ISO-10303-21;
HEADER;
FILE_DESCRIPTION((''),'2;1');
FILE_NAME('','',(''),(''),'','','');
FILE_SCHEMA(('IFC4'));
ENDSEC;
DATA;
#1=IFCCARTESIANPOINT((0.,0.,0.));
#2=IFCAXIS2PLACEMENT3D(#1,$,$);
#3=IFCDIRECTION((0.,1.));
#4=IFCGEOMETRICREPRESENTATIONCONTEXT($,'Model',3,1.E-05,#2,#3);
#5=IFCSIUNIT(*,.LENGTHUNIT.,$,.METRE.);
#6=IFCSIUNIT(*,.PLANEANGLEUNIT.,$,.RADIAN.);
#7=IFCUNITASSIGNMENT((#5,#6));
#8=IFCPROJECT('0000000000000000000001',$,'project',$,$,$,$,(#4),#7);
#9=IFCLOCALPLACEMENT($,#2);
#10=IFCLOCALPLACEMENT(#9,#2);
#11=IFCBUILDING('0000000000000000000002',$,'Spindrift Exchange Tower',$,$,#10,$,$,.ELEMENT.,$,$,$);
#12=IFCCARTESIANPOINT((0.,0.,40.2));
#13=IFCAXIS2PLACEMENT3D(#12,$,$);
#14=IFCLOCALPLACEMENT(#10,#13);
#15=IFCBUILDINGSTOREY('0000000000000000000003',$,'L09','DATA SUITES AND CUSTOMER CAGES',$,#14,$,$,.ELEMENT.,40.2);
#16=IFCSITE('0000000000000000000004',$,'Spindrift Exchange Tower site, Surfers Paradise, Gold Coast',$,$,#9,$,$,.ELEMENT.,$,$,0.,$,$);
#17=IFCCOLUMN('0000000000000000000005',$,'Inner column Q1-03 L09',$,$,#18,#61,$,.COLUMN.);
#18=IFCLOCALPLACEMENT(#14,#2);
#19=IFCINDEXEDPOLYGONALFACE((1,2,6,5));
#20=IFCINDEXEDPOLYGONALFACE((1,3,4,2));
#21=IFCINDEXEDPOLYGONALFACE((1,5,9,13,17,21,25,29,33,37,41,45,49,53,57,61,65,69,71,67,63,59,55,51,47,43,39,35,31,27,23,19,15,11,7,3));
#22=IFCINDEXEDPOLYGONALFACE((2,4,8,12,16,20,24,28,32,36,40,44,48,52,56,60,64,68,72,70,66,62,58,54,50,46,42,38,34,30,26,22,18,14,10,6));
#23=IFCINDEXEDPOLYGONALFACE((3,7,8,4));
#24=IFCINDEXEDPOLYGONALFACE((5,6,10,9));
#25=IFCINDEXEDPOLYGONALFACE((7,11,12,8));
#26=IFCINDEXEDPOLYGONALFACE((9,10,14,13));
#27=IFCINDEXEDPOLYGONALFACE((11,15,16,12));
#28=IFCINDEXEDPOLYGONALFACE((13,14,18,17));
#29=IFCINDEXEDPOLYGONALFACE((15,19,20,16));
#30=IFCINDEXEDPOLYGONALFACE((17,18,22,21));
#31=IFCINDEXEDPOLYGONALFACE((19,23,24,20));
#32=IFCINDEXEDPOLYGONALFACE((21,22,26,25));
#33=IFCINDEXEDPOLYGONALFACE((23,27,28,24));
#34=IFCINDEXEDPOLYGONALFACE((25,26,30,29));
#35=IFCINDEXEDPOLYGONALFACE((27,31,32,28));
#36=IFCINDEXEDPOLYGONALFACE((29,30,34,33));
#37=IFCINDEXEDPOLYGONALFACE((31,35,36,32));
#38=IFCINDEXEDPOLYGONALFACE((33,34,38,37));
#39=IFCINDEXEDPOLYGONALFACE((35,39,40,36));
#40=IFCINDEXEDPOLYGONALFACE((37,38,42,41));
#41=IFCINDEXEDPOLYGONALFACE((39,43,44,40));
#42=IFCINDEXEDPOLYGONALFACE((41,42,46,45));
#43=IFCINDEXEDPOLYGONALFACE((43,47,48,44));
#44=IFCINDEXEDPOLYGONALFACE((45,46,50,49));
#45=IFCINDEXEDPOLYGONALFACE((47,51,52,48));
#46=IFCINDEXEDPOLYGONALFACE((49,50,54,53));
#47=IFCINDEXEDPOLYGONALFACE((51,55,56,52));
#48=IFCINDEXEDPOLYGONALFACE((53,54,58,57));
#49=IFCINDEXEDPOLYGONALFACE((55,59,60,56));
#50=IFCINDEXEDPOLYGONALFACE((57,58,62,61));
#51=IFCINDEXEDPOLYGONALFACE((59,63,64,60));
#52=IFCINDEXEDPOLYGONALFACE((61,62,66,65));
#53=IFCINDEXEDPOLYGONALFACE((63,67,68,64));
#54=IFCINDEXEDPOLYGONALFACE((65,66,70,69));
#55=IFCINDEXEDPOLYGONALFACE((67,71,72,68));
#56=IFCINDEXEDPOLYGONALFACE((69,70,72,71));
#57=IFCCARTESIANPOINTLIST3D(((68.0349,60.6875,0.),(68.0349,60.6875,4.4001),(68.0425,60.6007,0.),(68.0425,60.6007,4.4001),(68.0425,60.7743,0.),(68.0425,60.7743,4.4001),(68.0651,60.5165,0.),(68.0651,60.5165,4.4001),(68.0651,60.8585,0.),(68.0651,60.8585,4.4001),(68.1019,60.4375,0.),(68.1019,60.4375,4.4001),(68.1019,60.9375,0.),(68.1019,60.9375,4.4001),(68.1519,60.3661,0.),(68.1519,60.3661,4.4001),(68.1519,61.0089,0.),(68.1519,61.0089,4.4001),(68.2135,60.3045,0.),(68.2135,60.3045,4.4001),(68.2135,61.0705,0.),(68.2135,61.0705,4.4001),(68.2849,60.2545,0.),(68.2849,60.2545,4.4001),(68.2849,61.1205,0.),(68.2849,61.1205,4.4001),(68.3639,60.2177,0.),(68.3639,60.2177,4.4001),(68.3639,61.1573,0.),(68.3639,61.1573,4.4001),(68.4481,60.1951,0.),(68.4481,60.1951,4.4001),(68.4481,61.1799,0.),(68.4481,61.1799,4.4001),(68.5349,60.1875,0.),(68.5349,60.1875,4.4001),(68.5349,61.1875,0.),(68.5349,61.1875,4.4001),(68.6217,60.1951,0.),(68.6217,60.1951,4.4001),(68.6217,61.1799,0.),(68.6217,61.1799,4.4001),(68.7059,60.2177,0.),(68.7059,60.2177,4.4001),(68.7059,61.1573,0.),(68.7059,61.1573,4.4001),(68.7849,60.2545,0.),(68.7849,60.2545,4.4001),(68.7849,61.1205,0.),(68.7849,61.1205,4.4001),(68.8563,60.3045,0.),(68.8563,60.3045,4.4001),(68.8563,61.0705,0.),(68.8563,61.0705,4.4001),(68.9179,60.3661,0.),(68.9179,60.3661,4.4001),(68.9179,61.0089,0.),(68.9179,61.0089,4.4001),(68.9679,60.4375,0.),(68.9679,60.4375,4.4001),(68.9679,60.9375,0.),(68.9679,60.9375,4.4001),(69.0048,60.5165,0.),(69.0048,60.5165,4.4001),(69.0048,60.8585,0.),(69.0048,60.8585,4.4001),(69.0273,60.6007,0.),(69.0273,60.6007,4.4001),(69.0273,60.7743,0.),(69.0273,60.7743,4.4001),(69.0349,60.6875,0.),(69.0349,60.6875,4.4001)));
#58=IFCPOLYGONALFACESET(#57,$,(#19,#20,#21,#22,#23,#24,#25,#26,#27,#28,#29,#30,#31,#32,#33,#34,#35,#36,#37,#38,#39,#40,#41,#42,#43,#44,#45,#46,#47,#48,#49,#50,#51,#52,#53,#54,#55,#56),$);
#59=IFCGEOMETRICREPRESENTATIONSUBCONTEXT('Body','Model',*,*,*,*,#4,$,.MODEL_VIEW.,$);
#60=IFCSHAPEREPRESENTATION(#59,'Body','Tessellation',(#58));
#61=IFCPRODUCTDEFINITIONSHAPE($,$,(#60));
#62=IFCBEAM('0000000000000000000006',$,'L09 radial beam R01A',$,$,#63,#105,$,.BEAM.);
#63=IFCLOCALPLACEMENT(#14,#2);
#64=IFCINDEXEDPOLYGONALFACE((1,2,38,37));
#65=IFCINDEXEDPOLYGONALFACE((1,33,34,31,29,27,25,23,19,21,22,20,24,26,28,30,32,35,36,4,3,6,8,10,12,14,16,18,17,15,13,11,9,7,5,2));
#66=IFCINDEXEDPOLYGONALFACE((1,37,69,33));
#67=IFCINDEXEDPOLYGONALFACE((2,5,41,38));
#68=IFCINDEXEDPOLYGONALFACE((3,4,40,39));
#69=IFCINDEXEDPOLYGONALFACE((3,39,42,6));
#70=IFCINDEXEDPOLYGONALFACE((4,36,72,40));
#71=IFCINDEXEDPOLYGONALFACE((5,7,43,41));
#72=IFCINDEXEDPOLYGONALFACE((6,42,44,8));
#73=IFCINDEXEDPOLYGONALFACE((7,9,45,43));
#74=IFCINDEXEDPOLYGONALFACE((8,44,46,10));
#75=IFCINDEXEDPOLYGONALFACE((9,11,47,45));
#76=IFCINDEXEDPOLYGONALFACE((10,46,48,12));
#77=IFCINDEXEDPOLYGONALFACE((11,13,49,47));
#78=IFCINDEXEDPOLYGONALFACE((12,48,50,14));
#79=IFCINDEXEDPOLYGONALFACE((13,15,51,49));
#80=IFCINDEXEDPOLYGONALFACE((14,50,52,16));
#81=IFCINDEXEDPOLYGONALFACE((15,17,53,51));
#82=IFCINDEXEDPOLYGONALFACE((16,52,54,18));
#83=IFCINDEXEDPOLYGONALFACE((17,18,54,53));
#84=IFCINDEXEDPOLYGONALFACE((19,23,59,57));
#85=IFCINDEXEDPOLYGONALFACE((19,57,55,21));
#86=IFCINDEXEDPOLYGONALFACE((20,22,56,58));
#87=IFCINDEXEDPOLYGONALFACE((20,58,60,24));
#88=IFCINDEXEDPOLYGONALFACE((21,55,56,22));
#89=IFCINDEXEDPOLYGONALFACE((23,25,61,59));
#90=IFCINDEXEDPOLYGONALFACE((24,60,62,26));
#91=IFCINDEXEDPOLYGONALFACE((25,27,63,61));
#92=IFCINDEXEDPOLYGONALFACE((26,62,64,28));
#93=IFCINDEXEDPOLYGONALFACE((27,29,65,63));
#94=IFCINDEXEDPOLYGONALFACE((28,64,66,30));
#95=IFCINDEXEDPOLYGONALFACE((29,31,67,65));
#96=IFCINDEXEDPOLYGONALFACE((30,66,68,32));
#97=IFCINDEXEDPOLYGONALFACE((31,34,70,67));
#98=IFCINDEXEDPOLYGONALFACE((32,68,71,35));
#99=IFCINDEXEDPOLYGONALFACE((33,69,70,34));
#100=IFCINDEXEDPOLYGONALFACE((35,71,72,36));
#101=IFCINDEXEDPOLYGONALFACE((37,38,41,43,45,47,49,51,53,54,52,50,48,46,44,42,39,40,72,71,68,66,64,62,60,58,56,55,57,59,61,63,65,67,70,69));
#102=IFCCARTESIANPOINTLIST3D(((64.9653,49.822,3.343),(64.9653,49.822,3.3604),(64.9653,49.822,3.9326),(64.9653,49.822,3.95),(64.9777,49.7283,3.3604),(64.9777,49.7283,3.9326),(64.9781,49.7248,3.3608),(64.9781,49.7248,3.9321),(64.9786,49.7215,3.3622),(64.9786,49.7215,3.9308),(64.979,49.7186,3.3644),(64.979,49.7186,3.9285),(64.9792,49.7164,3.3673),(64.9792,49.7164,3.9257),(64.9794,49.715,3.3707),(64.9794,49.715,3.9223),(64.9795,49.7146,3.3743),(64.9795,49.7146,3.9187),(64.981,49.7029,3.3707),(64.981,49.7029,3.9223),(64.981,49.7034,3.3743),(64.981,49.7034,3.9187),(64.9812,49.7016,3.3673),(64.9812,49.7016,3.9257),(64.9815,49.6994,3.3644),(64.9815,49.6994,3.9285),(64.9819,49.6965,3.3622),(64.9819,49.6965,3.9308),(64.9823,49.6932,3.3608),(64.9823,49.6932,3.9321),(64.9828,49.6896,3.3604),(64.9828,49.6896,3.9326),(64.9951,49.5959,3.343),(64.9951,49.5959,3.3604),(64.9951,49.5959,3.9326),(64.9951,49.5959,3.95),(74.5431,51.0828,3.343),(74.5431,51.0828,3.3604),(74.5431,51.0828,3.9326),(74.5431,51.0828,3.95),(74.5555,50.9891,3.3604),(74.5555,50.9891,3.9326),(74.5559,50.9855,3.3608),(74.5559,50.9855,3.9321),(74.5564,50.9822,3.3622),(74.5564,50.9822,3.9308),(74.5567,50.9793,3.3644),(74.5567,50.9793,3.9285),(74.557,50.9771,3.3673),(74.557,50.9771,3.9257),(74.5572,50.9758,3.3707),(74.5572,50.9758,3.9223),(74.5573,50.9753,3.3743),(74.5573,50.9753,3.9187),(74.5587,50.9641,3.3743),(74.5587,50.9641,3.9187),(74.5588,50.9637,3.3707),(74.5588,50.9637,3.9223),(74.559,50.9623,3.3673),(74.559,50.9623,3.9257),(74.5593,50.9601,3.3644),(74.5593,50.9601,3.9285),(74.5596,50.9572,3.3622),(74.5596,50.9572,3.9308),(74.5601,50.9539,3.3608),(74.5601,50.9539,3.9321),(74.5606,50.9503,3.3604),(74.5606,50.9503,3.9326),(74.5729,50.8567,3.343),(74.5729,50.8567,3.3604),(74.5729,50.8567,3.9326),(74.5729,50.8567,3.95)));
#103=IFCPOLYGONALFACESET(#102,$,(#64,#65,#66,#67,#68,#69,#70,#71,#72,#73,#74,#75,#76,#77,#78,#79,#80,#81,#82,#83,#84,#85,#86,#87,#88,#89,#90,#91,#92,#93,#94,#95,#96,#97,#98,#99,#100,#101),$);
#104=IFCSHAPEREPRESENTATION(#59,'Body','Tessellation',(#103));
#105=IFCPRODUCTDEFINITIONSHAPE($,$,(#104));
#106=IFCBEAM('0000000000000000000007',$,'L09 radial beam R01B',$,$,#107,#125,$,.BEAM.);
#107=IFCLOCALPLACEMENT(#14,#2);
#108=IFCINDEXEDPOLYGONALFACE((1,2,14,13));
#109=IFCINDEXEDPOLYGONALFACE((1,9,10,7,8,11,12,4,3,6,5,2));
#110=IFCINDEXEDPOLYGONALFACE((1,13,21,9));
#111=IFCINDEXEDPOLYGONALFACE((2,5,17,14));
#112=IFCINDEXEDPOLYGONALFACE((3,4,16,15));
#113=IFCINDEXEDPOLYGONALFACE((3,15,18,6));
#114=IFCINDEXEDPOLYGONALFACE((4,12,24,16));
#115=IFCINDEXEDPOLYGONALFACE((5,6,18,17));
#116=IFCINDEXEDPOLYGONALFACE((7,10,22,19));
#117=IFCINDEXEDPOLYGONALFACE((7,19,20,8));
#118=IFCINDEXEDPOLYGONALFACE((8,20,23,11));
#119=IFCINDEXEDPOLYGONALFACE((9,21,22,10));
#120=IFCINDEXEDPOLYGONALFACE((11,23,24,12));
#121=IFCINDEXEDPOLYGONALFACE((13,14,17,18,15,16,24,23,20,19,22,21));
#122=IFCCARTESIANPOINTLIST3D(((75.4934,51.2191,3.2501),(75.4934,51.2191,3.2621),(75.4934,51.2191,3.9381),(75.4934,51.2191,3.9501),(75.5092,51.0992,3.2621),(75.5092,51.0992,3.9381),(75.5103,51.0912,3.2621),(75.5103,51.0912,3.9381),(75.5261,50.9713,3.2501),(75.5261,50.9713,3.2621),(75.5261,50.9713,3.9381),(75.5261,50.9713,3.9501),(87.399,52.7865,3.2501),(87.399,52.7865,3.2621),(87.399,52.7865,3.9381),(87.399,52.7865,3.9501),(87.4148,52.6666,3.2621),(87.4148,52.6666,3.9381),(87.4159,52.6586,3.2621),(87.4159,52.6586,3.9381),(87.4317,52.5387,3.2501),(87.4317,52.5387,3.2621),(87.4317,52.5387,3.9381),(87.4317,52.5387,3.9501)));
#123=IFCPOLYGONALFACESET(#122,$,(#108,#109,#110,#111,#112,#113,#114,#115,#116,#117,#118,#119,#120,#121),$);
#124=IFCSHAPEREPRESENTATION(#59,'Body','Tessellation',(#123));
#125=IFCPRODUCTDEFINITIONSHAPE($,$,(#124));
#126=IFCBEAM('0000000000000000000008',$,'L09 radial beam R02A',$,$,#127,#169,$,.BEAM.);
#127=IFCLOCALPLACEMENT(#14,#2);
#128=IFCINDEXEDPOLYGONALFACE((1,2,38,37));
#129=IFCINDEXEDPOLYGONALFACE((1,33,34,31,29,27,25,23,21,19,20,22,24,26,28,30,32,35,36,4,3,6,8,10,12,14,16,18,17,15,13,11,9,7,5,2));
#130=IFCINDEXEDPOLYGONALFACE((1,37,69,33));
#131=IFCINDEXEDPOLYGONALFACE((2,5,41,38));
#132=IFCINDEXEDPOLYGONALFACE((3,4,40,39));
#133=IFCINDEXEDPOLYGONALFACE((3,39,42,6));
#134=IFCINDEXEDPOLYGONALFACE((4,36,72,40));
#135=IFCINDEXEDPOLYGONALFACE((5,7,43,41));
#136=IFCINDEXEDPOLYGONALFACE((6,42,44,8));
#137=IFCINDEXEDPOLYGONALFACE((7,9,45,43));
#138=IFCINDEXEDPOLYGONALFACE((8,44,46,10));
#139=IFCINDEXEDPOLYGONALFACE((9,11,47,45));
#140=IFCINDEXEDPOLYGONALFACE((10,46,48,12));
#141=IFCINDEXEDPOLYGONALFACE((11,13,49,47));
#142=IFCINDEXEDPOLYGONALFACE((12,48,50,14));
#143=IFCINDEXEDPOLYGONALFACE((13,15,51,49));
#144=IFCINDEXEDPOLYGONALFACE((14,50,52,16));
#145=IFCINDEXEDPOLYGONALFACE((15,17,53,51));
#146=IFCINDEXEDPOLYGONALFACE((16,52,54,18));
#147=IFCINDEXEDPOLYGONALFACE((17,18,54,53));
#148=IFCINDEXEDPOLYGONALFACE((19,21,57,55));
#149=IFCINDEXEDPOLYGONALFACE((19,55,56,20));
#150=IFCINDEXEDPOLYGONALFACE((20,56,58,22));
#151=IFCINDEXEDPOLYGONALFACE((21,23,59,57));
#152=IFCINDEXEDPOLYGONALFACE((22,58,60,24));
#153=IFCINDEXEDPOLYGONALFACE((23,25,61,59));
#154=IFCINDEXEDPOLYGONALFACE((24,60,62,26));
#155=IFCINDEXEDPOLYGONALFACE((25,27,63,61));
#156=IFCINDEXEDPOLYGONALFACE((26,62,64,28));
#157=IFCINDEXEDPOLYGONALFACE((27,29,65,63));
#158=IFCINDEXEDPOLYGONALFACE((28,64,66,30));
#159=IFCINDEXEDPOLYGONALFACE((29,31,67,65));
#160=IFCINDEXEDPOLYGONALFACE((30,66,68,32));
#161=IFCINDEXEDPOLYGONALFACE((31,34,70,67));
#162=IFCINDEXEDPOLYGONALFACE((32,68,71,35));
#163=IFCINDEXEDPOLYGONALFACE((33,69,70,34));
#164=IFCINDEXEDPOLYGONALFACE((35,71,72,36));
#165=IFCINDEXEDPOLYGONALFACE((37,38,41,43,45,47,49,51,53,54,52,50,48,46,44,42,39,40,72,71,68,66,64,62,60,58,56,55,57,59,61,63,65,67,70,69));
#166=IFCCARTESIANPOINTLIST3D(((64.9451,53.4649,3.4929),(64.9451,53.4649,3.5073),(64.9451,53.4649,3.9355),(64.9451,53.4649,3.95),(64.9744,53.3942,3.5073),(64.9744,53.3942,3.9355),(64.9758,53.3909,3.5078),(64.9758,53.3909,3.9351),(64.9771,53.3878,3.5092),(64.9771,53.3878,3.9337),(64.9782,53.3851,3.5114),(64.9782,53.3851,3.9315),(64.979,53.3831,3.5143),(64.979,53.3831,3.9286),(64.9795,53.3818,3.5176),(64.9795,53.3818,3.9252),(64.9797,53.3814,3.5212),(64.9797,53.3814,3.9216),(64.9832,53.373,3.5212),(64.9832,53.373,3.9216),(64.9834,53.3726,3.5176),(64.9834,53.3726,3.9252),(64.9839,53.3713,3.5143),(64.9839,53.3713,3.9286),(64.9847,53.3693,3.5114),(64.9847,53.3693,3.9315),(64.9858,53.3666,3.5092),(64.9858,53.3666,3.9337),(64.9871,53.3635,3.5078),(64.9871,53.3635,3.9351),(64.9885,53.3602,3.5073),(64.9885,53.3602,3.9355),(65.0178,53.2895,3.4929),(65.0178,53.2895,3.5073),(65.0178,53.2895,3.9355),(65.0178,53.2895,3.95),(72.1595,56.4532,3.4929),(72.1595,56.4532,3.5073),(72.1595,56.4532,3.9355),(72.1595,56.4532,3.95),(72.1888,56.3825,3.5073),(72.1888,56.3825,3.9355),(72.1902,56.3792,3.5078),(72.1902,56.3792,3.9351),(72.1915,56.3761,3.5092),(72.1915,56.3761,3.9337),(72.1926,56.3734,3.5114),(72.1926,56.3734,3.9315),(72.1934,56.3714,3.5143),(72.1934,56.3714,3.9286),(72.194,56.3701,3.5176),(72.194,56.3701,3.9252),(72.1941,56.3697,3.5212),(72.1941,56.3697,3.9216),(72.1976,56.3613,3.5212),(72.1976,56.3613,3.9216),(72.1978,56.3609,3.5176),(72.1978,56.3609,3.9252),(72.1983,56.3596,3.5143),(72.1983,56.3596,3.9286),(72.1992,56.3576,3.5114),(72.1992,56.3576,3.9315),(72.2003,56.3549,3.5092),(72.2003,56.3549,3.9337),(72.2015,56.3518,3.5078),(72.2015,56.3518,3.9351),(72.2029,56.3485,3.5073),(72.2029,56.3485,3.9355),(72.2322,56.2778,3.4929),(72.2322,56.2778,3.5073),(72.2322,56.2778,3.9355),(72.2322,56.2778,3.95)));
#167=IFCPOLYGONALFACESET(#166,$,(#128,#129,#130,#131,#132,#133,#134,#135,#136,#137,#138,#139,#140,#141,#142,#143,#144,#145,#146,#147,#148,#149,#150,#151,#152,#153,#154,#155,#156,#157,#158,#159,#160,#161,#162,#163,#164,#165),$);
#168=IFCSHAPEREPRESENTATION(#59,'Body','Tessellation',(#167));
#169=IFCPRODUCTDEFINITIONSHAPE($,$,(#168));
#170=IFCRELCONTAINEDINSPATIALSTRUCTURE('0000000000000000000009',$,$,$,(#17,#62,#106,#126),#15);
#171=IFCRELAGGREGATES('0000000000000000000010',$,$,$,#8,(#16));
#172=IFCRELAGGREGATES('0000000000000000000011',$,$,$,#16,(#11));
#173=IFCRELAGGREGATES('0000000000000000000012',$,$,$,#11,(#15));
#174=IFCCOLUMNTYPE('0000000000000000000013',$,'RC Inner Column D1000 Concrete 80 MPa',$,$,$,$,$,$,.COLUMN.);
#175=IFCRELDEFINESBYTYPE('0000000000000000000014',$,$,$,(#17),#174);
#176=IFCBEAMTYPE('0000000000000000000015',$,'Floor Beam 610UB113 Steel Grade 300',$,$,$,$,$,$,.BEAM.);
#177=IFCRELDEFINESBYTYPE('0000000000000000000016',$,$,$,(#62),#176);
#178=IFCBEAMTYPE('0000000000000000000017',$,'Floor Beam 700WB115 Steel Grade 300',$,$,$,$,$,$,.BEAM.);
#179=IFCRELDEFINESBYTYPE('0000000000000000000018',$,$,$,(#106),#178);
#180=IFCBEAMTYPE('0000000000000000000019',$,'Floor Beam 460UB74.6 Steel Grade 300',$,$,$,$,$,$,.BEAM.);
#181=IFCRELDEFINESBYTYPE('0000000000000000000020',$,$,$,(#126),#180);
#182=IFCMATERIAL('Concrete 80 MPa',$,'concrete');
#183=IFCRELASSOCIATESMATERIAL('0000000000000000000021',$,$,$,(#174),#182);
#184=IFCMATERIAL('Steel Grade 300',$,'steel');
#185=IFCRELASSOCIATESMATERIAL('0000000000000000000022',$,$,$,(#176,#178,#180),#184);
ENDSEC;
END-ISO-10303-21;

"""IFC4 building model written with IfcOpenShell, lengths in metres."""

from ifc_helpers import new_model, si_unit, direction, frame, origin, origin_2d, place, context, subcontext, project, spatial, circle, i_section, extrude, source, transform, mapped, material, material_profile, profile_set, type_object, element, save


model = new_model("IFC4")

# Units and contexts
model_context = context("Model", 3, precision=1e-05, world=origin(), true_north=direction((0.0, 1.0)))
body_context = subcontext(model_context, "Body", "Model", "MODEL_VIEW")
ifc_project = project(units=[si_unit("LENGTHUNIT", "METRE"), si_unit("PLANEANGLEUNIT", "RADIAN")], contexts=[model_context])

# Site, building, storey
site_placement = place(None, origin())
site = spatial("IfcSite", under=ifc_project, at=site_placement, Name="Spindrift Exchange Tower site, Surfers Paradise, Gold Coast", CompositionType="ELEMENT", RefElevation=0.0)
building_placement = place(site_placement, origin())
building = spatial("IfcBuilding", under=site, at=building_placement, Name="Spindrift Exchange Tower", CompositionType="ELEMENT")
storey_placement = place(building_placement, frame((0.0, 0.0, 40.2)))
storey = spatial("IfcBuildingStorey", under=building, at=storey_placement, Name="L09", Description="DATA SUITES AND CUSTOMER CAGES", CompositionType="ELEMENT", Elevation=40.2)

# Column
ifc_material_1 = material(Name="Concrete 80 MPa", Category="concrete")
ifc_material_profile_1 = material_profile(ifc_material_1, circle(Radius=0.5, at=origin_2d()), Name="RC D1000")
ifc_profile_set_1 = profile_set([ifc_material_profile_1], Name="Concrete 80 MPa")
column_type_1 = type_object("IfcColumnType", Name="RC Inner Column D1000 Concrete 80 MPa", PredefinedType="COLUMN", material=ifc_profile_set_1)
shared_shape_1 = source(origin(), body_context, "Body", "SweptSolid", [
    extrude(circle(Radius=0.5, at=origin_2d()), origin(), (0.0, 0.0, 1.0), 4.4001),
])
for number, where, z_axis, x_axis, name in (
    (1, (68.5349, 60.6875, 0.0), (0.0, 0.0, 1.0), (1.0, 0.0, 0.0), "Inner column Q1-03 L09"),
):
    element("IfcColumn", number, at=place(storey_placement, frame(where, z_axis=z_axis, x_axis=x_axis)), inside=storey, type_object=column_type_1, Name=name, PredefinedType="COLUMN", context=body_context, shape_type="MappedRepresentation", body=[
        mapped(shared_shape_1, transform((0.0, 0.0, 0.0), scale=1.0)),
    ])

# Beams
ifc_material_2 = material(Name="Steel Grade 300", Category="steel")
ifc_material_profile_2 = material_profile(ifc_material_2, i_section(OverallWidth=0.228, OverallDepth=0.6069, WebThickness=0.0112, FlangeThickness=0.0173, FilletRadius=0.0139, at=origin_2d()), Name="610UB113")
ifc_profile_set_2 = profile_set([ifc_material_profile_2], Name="Steel Grade 300")
beam_type_1 = type_object("IfcBeamType", Name="Floor Beam 610UB113 Steel Grade 300", PredefinedType="BEAM", material=ifc_profile_set_2)
shared_shape_2 = source(origin(), body_context, "Body", "SweptSolid", [
    extrude(i_section(OverallWidth=0.228, OverallDepth=0.6069, WebThickness=0.0112, FlangeThickness=0.0173, FilletRadius=0.0139, at=origin_2d()), origin(), (0.0, 0.0, 1.0), 9.6604),
])
beam_1_placement = place(storey_placement, frame((64.9802, 49.709, 3.6465), z_axis=(0.991448, 0.130505, 0.0), x_axis=(-0.130505, 0.991448, 0.0)))
element("IfcBeam", 2, at=beam_1_placement, inside=storey, type_object=beam_type_1, Name="L09 radial beam R01A", PredefinedType="BEAM", context=body_context, shape_type="MappedRepresentation", body=[
    mapped(shared_shape_2, transform((0.0, 0.0, 0.0), scale=1.0)),
])
ifc_material_profile_3 = material_profile(ifc_material_2, i_section(OverallWidth=0.25, OverallDepth=0.7, WebThickness=0.0081, FlangeThickness=0.012, at=origin_2d()), Name="700WB115")
ifc_profile_set_3 = profile_set([ifc_material_profile_3], Name="Steel Grade 300")
beam_type_2 = type_object("IfcBeamType", Name="Floor Beam 700WB115 Steel Grade 300", PredefinedType="BEAM", material=ifc_profile_set_3)
shared_shape_3 = source(origin(), body_context, "Body", "SweptSolid", [
    extrude(i_section(OverallWidth=0.25, OverallDepth=0.7, WebThickness=0.0081, FlangeThickness=0.012, at=origin_2d()), origin(), (0.0, 0.0, 1.0), 12.0083),
])
beam_2_placement = place(storey_placement, frame((75.5098, 51.0952, 3.6001), z_axis=(0.991445, 0.130526, 0.0), x_axis=(-0.130526, 0.991445, 0.0)))
element("IfcBeam", 3, at=beam_2_placement, inside=storey, type_object=beam_type_2, Name="L09 radial beam R01B", PredefinedType="BEAM", context=body_context, shape_type="MappedRepresentation", body=[
    mapped(shared_shape_3, transform((0.0, 0.0, 0.0), scale=1.0)),
])
ifc_material_profile_4 = material_profile(ifc_material_2, i_section(OverallWidth=0.1899, OverallDepth=0.457, WebThickness=0.009, FlangeThickness=0.0144, FilletRadius=0.0139, at=origin_2d()), Name="460UB74.6")
ifc_profile_set_4 = profile_set([ifc_material_profile_4], Name="Steel Grade 300")
beam_type_3 = type_object("IfcBeamType", Name="Floor Beam 460UB74.6 Steel Grade 300", PredefinedType="BEAM", material=ifc_profile_set_4)
shared_shape_4 = source(origin(), body_context, "Body", "SweptSolid", [
    extrude(i_section(OverallWidth=0.1899, OverallDepth=0.457, WebThickness=0.009, FlangeThickness=0.0144, FilletRadius=0.0139, at=origin_2d()), origin(), (0.0, 0.0, 1.0), 7.8088),
])
beam_3_placement = place(storey_placement, frame((64.9814, 53.3772, 3.7214), z_axis=(0.92388, 0.382683, 0.0), x_axis=(-0.382683, 0.92388, 0.0)))
element("IfcBeam", 4, at=beam_3_placement, inside=storey, type_object=beam_type_3, Name="L09 radial beam R02A", PredefinedType="BEAM", context=body_context, shape_type="MappedRepresentation", body=[
    mapped(shared_shape_4, transform((0.0, 0.0, 0.0), scale=1.0)),
])

save(model, "model.ifc")
